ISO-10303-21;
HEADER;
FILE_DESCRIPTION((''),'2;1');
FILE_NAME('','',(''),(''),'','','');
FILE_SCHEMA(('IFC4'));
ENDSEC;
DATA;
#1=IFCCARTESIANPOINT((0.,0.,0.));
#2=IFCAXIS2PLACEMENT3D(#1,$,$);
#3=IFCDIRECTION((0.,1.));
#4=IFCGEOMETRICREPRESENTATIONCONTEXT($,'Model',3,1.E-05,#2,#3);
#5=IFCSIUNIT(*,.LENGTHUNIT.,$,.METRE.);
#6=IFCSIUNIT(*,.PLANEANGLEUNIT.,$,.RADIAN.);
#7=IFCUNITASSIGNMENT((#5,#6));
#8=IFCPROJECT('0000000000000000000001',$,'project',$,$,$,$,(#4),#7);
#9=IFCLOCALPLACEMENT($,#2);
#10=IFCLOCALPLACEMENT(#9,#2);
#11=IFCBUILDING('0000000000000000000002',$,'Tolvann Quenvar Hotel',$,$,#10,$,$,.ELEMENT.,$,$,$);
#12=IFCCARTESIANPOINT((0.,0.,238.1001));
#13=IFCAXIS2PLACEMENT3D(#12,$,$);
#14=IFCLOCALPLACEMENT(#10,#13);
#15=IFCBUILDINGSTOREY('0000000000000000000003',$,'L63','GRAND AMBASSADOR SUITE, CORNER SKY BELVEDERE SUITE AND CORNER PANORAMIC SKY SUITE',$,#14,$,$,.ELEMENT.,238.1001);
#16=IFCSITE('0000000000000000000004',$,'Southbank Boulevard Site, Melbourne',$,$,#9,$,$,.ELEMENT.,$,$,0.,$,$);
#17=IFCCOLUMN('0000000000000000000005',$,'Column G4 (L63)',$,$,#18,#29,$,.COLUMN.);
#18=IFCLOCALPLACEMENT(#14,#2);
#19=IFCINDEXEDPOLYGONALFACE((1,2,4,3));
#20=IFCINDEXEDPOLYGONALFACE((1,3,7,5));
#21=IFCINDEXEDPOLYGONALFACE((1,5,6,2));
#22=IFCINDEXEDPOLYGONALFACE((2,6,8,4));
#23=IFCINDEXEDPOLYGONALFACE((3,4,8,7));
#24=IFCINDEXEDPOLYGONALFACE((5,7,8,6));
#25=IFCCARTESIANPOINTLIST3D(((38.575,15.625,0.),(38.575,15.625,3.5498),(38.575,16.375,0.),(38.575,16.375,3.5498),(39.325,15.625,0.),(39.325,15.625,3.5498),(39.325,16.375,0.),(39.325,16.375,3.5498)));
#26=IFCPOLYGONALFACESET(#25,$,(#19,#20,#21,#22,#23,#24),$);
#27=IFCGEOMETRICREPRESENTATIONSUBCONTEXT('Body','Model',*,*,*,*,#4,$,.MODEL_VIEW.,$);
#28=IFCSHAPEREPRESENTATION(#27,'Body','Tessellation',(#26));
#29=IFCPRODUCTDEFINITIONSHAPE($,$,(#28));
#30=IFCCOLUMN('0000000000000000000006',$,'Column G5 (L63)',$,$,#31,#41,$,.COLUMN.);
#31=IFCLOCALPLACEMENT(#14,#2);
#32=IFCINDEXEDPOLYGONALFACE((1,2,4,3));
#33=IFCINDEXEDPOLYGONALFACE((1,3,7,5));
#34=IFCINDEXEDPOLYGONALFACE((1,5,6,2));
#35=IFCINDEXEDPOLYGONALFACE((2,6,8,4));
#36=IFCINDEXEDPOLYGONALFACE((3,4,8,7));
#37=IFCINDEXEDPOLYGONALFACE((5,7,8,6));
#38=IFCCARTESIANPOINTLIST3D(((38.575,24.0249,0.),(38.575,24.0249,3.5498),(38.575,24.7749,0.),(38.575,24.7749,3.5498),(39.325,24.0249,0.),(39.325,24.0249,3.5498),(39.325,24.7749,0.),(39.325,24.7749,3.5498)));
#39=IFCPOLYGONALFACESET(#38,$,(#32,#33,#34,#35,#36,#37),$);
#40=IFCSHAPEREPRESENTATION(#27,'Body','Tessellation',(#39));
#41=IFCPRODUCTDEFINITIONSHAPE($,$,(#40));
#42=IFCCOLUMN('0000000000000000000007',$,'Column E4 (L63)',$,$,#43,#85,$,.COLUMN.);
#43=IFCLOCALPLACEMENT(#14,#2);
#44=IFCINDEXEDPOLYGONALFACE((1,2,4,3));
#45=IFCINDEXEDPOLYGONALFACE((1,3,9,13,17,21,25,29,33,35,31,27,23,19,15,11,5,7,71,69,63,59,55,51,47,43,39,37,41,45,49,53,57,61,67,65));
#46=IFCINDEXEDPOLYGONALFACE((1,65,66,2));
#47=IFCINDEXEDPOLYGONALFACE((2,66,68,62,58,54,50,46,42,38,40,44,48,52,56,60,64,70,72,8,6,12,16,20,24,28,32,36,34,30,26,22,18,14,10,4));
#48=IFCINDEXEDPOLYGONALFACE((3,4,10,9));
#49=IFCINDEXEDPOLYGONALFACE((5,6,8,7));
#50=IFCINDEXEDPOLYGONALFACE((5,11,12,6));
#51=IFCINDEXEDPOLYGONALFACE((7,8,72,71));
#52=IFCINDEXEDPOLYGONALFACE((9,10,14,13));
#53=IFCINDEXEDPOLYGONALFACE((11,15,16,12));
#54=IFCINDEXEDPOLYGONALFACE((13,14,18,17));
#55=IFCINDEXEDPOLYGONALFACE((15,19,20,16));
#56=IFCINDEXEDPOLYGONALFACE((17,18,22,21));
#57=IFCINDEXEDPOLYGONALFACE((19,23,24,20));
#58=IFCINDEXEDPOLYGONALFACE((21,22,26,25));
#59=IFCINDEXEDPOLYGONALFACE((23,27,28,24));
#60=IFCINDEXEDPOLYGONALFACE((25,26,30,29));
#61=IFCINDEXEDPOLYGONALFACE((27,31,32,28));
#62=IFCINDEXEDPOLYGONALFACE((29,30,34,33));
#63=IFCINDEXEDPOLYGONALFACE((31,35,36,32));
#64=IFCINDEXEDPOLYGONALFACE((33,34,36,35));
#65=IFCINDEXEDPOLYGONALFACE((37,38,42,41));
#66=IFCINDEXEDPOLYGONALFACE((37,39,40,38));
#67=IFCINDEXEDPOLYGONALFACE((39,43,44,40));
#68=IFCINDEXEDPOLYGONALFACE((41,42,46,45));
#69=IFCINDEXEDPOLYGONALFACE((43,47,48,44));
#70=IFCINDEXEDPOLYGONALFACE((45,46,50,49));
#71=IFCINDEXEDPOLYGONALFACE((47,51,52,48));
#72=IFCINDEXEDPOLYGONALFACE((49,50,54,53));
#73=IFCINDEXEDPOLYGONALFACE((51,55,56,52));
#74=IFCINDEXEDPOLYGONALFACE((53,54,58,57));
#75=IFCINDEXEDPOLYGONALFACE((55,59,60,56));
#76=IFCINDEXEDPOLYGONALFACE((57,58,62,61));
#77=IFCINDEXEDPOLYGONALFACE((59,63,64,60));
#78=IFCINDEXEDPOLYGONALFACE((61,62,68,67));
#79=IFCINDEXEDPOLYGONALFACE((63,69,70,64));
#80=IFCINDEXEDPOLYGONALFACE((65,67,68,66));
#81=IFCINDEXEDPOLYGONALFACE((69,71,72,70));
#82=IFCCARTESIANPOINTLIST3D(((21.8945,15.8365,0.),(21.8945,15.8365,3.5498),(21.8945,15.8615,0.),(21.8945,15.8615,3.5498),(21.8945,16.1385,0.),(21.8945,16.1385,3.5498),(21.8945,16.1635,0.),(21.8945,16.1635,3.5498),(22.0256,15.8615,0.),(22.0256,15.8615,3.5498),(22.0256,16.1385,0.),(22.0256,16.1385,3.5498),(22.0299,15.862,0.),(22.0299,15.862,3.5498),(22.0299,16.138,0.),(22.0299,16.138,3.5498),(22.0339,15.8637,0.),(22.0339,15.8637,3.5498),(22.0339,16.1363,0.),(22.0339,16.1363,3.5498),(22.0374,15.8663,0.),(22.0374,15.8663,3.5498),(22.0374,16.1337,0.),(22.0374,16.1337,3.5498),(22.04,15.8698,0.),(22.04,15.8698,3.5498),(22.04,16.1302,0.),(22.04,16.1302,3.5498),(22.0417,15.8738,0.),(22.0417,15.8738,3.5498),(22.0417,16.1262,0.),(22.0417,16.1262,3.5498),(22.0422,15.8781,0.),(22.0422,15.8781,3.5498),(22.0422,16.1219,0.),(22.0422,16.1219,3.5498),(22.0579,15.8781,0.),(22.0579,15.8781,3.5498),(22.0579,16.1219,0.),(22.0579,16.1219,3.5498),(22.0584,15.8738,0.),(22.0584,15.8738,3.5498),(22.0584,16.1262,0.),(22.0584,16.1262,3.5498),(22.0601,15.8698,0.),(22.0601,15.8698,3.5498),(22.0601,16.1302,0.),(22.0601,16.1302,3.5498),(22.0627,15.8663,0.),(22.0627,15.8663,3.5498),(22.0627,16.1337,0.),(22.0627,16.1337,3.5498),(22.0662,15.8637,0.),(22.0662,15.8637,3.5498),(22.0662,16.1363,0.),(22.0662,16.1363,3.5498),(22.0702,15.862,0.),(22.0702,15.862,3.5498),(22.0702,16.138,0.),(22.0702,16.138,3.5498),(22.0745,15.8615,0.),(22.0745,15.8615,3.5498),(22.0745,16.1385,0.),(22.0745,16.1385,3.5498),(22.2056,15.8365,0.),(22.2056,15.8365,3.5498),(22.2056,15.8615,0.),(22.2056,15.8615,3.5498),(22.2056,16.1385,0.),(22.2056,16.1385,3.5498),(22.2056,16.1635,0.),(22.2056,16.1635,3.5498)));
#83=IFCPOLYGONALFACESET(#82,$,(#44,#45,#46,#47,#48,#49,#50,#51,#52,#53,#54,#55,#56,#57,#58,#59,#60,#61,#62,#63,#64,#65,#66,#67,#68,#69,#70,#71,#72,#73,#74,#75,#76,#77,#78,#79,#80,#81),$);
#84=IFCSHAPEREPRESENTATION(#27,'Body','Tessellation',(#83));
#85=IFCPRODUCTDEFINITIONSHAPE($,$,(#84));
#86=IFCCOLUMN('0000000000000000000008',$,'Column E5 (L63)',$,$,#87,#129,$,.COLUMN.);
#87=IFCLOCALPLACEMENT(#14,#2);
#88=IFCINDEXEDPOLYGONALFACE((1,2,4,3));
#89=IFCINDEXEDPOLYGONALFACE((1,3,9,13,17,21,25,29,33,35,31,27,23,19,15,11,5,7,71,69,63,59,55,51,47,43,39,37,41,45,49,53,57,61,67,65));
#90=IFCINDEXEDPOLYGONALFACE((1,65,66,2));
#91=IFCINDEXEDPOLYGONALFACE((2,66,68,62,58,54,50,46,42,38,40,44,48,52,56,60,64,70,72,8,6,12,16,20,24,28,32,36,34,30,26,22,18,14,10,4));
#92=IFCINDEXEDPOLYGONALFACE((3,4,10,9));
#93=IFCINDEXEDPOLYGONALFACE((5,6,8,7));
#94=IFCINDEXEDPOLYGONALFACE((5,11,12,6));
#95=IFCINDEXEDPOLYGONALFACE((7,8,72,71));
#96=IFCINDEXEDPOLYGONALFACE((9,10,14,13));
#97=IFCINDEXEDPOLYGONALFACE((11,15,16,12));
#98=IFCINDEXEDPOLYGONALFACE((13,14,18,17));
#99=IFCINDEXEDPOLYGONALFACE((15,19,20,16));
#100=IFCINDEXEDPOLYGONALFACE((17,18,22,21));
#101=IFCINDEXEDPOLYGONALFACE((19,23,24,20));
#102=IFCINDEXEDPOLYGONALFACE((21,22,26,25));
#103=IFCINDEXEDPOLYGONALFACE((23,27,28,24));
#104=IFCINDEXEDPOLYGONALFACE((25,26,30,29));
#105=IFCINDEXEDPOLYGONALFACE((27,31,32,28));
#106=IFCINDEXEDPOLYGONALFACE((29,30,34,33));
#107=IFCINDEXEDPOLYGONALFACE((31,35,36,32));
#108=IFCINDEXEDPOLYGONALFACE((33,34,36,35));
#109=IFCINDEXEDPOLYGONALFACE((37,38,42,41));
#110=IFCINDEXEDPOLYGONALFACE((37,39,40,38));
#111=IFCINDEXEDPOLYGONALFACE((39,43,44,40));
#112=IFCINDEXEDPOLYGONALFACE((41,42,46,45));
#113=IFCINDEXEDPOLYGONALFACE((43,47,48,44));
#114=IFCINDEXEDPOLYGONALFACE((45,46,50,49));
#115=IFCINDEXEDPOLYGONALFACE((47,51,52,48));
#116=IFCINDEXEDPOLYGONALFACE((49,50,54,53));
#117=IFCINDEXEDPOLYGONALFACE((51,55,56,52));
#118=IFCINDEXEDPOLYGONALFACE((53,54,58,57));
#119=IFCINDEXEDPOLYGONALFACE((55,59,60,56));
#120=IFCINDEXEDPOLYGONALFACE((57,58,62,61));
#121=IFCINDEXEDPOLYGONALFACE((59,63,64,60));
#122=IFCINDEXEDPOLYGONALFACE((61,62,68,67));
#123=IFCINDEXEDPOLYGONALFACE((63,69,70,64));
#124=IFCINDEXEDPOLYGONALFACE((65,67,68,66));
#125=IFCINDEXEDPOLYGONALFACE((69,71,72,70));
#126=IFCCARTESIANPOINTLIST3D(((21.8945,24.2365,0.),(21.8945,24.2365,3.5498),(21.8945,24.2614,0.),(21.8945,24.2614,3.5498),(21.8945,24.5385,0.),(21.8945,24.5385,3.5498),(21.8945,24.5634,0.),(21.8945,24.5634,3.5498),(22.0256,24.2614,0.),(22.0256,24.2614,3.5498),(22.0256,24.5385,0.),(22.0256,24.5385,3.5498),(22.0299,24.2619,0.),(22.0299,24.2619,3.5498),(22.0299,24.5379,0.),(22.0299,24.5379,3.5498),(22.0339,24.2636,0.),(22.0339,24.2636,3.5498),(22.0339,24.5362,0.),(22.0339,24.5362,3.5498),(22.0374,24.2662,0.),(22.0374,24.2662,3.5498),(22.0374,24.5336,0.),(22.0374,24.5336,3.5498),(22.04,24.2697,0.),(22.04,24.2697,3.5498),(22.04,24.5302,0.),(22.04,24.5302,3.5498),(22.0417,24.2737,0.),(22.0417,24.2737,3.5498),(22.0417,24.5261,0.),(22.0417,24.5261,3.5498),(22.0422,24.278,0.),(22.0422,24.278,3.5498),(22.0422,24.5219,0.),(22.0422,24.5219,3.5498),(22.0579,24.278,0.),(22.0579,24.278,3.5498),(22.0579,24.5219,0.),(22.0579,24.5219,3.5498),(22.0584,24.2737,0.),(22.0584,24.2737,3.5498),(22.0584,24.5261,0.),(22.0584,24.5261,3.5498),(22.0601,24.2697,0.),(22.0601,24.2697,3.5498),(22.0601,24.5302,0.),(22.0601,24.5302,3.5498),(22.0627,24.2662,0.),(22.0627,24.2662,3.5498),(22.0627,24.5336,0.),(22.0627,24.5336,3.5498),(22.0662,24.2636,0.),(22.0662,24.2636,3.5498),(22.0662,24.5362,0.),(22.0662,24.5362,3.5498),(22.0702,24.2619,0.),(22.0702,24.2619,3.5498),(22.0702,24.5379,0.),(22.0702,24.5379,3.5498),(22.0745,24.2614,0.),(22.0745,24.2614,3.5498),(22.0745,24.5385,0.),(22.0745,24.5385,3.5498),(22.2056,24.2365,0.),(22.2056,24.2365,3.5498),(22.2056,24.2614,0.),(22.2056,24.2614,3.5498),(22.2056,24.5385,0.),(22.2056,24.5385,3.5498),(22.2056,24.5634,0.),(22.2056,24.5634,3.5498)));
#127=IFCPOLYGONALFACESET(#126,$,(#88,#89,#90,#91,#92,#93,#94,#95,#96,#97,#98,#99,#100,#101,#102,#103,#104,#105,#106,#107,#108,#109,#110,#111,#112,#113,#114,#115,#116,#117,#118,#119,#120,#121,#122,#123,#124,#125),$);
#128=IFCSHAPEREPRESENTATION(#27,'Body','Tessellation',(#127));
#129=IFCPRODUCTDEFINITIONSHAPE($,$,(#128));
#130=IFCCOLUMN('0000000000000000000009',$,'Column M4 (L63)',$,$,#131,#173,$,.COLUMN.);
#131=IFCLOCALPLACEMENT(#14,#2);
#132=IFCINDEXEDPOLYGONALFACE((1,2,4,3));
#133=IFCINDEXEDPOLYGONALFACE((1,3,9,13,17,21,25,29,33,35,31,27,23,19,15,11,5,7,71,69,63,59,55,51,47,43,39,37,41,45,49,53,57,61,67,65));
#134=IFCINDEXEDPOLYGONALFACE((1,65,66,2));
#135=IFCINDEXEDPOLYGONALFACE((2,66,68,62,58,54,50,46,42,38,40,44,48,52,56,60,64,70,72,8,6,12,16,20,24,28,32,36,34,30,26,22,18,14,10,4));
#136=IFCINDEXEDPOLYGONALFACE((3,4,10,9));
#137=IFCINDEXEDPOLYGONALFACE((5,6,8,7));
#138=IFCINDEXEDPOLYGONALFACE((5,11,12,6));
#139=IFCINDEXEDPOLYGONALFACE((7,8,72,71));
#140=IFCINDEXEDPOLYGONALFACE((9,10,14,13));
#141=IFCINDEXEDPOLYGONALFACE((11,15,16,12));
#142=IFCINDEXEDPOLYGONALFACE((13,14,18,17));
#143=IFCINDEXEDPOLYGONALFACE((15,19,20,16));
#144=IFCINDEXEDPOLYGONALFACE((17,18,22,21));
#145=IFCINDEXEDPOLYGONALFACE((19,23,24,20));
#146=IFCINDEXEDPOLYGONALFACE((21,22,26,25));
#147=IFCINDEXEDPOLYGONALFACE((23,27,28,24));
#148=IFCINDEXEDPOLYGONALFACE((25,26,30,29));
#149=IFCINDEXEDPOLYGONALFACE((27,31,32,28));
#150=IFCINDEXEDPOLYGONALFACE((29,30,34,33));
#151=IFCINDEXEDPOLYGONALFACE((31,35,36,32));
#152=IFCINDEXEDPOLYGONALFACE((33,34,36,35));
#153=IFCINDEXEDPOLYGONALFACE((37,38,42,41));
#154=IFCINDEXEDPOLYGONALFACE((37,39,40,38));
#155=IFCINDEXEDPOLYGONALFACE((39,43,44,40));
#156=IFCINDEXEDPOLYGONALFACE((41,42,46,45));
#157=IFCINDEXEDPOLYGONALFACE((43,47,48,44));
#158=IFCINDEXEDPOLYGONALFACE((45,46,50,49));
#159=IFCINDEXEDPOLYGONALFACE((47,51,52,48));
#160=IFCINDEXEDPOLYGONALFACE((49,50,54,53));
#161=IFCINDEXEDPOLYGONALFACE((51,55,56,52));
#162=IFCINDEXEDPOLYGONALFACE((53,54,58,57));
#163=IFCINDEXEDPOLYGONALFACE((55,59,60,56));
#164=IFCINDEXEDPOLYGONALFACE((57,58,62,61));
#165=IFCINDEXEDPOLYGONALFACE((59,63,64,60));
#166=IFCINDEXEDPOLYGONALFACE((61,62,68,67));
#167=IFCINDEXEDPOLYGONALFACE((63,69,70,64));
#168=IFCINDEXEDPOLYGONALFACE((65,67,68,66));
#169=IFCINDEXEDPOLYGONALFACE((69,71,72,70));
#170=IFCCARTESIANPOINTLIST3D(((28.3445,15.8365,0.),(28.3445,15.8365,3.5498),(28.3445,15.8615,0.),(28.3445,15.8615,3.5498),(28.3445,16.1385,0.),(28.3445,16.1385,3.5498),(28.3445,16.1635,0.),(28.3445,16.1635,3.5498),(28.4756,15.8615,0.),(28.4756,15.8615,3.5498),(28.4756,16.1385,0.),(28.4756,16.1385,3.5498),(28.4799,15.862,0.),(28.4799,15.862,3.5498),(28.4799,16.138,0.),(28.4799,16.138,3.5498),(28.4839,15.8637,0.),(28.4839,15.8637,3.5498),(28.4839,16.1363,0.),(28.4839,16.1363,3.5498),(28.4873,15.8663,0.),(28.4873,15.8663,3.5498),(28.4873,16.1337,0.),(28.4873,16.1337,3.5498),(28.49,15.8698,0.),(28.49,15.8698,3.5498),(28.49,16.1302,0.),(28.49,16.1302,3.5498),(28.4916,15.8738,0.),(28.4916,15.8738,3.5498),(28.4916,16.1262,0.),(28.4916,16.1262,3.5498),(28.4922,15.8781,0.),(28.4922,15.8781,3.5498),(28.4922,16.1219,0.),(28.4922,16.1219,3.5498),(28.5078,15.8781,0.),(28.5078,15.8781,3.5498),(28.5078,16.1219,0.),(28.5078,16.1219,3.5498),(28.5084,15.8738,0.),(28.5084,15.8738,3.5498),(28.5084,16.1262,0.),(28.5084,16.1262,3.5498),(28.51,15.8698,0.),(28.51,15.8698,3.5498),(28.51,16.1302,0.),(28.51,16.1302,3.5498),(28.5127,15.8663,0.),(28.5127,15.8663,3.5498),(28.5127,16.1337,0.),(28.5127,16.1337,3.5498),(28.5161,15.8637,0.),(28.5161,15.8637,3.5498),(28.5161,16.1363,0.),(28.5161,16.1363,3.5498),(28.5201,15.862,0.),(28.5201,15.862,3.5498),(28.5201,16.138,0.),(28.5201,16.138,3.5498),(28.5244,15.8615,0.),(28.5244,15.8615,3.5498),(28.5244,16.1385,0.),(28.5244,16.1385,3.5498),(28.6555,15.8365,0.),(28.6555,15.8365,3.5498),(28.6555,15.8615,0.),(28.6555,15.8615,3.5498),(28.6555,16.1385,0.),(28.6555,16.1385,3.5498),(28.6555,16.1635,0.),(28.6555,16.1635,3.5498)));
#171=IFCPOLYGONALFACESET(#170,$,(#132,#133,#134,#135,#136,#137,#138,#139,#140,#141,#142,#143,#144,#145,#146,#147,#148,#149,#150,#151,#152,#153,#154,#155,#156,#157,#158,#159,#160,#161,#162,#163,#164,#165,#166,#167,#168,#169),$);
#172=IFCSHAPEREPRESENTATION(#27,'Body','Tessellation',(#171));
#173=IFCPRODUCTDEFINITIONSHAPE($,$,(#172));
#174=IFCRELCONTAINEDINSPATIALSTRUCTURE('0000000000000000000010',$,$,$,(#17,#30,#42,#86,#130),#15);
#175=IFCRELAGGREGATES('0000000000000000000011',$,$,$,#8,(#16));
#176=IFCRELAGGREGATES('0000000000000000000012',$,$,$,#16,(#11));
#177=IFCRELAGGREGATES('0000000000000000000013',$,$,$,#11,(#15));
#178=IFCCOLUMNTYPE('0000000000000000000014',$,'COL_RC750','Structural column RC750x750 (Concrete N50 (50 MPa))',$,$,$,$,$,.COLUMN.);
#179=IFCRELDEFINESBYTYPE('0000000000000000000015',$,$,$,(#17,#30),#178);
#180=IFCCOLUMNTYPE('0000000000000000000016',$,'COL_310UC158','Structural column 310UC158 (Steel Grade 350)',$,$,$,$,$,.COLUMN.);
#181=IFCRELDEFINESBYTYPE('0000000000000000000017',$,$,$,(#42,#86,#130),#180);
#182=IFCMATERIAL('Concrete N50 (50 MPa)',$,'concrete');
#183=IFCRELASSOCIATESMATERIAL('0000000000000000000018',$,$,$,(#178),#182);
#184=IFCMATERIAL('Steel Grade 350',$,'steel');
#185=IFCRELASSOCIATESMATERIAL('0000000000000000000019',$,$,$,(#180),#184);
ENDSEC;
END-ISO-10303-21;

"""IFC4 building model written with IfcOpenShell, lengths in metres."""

from ifc_helpers import new_model, si_unit, direction, frame, origin, origin_2d, place, context, subcontext, project, spatial, rectangle, i_section, extrude, source, transform, mapped, material, material_profile, profile_set, type_object, type_shapes, element, save


model = new_model("IFC4")

# Units and contexts
model_context = context("Model", 3, precision=1e-05, world=origin(), true_north=direction((0.0, 1.0)))
body_context = subcontext(model_context, "Body", "Model", "MODEL_VIEW")
ifc_project = project(units=[si_unit("LENGTHUNIT", "METRE"), si_unit("PLANEANGLEUNIT", "RADIAN")], contexts=[model_context])

# Site, building, storey
site_placement = place(None, origin())
site = spatial("IfcSite", under=ifc_project, at=site_placement, Name="Southbank Boulevard Site, Melbourne", CompositionType="ELEMENT", RefElevation=0.0)
building_placement = place(site_placement, origin())
building = spatial("IfcBuilding", under=site, at=building_placement, Name="Tolvann Quenvar Hotel", CompositionType="ELEMENT")
storey_placement = place(building_placement, frame((0.0, 0.0, 238.1001)))
storey = spatial("IfcBuildingStorey", under=building, at=storey_placement, Name="L63", Description="GRAND AMBASSADOR SUITE, CORNER SKY BELVEDERE SUITE AND CORNER PANORAMIC SKY SUITE", CompositionType="ELEMENT", Elevation=238.1001)

# Columns
ifc_material_1 = material(Name="Concrete N50 (50 MPa)", Category="concrete")
ifc_material_profile_1 = material_profile(ifc_material_1, rectangle(XDim=0.75, YDim=0.75, at=origin_2d()), Name="RC750x750")
ifc_profile_set_1 = profile_set([ifc_material_profile_1], Name="Concrete N50 (50 MPa)")
column_type_1 = type_object("IfcColumnType", Name="COL_RC750", Description="Structural column RC750x750 (Concrete N50 (50 MPa))", PredefinedType="COLUMN", material=ifc_profile_set_1)
shared_shape_1 = source(origin(), body_context, "Body", "SweptSolid", [
    extrude(rectangle(XDim=0.75, YDim=0.75, at=origin_2d()), origin(), (0.0, 0.0, 1.0), 3.5498),
])
type_shapes(column_type_1, [shared_shape_1])
for number, where, z_axis, x_axis, name in (
    (1, (38.95, 16.0, 0.0), (0.0, 0.0, 1.0), (1.0, 0.0, 0.0), "Column G4 (L63)"),
    (2, (38.95, 24.3999, 0.0), (0.0, 0.0, 1.0), (1.0, 0.0, 0.0), "Column G5 (L63)"),
):
    element("IfcColumn", number, at=place(storey_placement, frame(where, z_axis=z_axis, x_axis=x_axis)), inside=storey, type_object=column_type_1, Name=name, PredefinedType="COLUMN", context=body_context, shape_type="MappedRepresentation", body=[
        mapped(shared_shape_1, transform((0.0, 0.0, 0.0), x_axis=(1.0, 0.0, 0.0), y_axis=(0.0, 1.0, 0.0), z_axis=(0.0, 0.0, 1.0), scale=1.0)),
    ])
ifc_material_2 = material(Name="Steel Grade 350", Category="steel")
ifc_material_profile_2 = material_profile(ifc_material_2, i_section(OverallWidth=0.311, OverallDepth=0.3269, WebThickness=0.0156, FlangeThickness=0.0249, FilletRadius=0.0166, at=origin_2d()), Name="310UC158")
ifc_profile_set_2 = profile_set([ifc_material_profile_2], Name="Steel Grade 350")
column_type_2 = type_object("IfcColumnType", Name="COL_310UC158", Description="Structural column 310UC158 (Steel Grade 350)", PredefinedType="COLUMN", material=ifc_profile_set_2)
shared_shape_2 = source(origin(), body_context, "Body", "SweptSolid", [
    extrude(i_section(OverallWidth=0.311, OverallDepth=0.3269, WebThickness=0.0156, FlangeThickness=0.0249, FilletRadius=0.0166, at=origin_2d()), origin(), (0.0, 0.0, 1.0), 3.5498),
])
type_shapes(column_type_2, [shared_shape_2])
for number, where, z_axis, x_axis, name in (
    (3, (22.05, 16.0, 0.0), (0.0, 0.0, 1.0), (1.0, 0.0, 0.0), "Column E4 (L63)"),
    (4, (22.05, 24.3999, 0.0), (0.0, 0.0, 1.0), (1.0, 0.0, 0.0), "Column E5 (L63)"),
    (5, (28.5, 16.0, 0.0), (0.0, 0.0, 1.0), (1.0, 0.0, 0.0), "Column M4 (L63)"),
):
    element("IfcColumn", number, at=place(storey_placement, frame(where, z_axis=z_axis, x_axis=x_axis)), inside=storey, type_object=column_type_2, Name=name, PredefinedType="COLUMN", context=body_context, shape_type="MappedRepresentation", body=[
        mapped(shared_shape_2, transform((0.0, 0.0, 0.0), x_axis=(1.0, 0.0, 0.0), y_axis=(0.0, 1.0, 0.0), z_axis=(0.0, 0.0, 1.0), scale=1.0)),
    ])

save(model, "model.ifc")
